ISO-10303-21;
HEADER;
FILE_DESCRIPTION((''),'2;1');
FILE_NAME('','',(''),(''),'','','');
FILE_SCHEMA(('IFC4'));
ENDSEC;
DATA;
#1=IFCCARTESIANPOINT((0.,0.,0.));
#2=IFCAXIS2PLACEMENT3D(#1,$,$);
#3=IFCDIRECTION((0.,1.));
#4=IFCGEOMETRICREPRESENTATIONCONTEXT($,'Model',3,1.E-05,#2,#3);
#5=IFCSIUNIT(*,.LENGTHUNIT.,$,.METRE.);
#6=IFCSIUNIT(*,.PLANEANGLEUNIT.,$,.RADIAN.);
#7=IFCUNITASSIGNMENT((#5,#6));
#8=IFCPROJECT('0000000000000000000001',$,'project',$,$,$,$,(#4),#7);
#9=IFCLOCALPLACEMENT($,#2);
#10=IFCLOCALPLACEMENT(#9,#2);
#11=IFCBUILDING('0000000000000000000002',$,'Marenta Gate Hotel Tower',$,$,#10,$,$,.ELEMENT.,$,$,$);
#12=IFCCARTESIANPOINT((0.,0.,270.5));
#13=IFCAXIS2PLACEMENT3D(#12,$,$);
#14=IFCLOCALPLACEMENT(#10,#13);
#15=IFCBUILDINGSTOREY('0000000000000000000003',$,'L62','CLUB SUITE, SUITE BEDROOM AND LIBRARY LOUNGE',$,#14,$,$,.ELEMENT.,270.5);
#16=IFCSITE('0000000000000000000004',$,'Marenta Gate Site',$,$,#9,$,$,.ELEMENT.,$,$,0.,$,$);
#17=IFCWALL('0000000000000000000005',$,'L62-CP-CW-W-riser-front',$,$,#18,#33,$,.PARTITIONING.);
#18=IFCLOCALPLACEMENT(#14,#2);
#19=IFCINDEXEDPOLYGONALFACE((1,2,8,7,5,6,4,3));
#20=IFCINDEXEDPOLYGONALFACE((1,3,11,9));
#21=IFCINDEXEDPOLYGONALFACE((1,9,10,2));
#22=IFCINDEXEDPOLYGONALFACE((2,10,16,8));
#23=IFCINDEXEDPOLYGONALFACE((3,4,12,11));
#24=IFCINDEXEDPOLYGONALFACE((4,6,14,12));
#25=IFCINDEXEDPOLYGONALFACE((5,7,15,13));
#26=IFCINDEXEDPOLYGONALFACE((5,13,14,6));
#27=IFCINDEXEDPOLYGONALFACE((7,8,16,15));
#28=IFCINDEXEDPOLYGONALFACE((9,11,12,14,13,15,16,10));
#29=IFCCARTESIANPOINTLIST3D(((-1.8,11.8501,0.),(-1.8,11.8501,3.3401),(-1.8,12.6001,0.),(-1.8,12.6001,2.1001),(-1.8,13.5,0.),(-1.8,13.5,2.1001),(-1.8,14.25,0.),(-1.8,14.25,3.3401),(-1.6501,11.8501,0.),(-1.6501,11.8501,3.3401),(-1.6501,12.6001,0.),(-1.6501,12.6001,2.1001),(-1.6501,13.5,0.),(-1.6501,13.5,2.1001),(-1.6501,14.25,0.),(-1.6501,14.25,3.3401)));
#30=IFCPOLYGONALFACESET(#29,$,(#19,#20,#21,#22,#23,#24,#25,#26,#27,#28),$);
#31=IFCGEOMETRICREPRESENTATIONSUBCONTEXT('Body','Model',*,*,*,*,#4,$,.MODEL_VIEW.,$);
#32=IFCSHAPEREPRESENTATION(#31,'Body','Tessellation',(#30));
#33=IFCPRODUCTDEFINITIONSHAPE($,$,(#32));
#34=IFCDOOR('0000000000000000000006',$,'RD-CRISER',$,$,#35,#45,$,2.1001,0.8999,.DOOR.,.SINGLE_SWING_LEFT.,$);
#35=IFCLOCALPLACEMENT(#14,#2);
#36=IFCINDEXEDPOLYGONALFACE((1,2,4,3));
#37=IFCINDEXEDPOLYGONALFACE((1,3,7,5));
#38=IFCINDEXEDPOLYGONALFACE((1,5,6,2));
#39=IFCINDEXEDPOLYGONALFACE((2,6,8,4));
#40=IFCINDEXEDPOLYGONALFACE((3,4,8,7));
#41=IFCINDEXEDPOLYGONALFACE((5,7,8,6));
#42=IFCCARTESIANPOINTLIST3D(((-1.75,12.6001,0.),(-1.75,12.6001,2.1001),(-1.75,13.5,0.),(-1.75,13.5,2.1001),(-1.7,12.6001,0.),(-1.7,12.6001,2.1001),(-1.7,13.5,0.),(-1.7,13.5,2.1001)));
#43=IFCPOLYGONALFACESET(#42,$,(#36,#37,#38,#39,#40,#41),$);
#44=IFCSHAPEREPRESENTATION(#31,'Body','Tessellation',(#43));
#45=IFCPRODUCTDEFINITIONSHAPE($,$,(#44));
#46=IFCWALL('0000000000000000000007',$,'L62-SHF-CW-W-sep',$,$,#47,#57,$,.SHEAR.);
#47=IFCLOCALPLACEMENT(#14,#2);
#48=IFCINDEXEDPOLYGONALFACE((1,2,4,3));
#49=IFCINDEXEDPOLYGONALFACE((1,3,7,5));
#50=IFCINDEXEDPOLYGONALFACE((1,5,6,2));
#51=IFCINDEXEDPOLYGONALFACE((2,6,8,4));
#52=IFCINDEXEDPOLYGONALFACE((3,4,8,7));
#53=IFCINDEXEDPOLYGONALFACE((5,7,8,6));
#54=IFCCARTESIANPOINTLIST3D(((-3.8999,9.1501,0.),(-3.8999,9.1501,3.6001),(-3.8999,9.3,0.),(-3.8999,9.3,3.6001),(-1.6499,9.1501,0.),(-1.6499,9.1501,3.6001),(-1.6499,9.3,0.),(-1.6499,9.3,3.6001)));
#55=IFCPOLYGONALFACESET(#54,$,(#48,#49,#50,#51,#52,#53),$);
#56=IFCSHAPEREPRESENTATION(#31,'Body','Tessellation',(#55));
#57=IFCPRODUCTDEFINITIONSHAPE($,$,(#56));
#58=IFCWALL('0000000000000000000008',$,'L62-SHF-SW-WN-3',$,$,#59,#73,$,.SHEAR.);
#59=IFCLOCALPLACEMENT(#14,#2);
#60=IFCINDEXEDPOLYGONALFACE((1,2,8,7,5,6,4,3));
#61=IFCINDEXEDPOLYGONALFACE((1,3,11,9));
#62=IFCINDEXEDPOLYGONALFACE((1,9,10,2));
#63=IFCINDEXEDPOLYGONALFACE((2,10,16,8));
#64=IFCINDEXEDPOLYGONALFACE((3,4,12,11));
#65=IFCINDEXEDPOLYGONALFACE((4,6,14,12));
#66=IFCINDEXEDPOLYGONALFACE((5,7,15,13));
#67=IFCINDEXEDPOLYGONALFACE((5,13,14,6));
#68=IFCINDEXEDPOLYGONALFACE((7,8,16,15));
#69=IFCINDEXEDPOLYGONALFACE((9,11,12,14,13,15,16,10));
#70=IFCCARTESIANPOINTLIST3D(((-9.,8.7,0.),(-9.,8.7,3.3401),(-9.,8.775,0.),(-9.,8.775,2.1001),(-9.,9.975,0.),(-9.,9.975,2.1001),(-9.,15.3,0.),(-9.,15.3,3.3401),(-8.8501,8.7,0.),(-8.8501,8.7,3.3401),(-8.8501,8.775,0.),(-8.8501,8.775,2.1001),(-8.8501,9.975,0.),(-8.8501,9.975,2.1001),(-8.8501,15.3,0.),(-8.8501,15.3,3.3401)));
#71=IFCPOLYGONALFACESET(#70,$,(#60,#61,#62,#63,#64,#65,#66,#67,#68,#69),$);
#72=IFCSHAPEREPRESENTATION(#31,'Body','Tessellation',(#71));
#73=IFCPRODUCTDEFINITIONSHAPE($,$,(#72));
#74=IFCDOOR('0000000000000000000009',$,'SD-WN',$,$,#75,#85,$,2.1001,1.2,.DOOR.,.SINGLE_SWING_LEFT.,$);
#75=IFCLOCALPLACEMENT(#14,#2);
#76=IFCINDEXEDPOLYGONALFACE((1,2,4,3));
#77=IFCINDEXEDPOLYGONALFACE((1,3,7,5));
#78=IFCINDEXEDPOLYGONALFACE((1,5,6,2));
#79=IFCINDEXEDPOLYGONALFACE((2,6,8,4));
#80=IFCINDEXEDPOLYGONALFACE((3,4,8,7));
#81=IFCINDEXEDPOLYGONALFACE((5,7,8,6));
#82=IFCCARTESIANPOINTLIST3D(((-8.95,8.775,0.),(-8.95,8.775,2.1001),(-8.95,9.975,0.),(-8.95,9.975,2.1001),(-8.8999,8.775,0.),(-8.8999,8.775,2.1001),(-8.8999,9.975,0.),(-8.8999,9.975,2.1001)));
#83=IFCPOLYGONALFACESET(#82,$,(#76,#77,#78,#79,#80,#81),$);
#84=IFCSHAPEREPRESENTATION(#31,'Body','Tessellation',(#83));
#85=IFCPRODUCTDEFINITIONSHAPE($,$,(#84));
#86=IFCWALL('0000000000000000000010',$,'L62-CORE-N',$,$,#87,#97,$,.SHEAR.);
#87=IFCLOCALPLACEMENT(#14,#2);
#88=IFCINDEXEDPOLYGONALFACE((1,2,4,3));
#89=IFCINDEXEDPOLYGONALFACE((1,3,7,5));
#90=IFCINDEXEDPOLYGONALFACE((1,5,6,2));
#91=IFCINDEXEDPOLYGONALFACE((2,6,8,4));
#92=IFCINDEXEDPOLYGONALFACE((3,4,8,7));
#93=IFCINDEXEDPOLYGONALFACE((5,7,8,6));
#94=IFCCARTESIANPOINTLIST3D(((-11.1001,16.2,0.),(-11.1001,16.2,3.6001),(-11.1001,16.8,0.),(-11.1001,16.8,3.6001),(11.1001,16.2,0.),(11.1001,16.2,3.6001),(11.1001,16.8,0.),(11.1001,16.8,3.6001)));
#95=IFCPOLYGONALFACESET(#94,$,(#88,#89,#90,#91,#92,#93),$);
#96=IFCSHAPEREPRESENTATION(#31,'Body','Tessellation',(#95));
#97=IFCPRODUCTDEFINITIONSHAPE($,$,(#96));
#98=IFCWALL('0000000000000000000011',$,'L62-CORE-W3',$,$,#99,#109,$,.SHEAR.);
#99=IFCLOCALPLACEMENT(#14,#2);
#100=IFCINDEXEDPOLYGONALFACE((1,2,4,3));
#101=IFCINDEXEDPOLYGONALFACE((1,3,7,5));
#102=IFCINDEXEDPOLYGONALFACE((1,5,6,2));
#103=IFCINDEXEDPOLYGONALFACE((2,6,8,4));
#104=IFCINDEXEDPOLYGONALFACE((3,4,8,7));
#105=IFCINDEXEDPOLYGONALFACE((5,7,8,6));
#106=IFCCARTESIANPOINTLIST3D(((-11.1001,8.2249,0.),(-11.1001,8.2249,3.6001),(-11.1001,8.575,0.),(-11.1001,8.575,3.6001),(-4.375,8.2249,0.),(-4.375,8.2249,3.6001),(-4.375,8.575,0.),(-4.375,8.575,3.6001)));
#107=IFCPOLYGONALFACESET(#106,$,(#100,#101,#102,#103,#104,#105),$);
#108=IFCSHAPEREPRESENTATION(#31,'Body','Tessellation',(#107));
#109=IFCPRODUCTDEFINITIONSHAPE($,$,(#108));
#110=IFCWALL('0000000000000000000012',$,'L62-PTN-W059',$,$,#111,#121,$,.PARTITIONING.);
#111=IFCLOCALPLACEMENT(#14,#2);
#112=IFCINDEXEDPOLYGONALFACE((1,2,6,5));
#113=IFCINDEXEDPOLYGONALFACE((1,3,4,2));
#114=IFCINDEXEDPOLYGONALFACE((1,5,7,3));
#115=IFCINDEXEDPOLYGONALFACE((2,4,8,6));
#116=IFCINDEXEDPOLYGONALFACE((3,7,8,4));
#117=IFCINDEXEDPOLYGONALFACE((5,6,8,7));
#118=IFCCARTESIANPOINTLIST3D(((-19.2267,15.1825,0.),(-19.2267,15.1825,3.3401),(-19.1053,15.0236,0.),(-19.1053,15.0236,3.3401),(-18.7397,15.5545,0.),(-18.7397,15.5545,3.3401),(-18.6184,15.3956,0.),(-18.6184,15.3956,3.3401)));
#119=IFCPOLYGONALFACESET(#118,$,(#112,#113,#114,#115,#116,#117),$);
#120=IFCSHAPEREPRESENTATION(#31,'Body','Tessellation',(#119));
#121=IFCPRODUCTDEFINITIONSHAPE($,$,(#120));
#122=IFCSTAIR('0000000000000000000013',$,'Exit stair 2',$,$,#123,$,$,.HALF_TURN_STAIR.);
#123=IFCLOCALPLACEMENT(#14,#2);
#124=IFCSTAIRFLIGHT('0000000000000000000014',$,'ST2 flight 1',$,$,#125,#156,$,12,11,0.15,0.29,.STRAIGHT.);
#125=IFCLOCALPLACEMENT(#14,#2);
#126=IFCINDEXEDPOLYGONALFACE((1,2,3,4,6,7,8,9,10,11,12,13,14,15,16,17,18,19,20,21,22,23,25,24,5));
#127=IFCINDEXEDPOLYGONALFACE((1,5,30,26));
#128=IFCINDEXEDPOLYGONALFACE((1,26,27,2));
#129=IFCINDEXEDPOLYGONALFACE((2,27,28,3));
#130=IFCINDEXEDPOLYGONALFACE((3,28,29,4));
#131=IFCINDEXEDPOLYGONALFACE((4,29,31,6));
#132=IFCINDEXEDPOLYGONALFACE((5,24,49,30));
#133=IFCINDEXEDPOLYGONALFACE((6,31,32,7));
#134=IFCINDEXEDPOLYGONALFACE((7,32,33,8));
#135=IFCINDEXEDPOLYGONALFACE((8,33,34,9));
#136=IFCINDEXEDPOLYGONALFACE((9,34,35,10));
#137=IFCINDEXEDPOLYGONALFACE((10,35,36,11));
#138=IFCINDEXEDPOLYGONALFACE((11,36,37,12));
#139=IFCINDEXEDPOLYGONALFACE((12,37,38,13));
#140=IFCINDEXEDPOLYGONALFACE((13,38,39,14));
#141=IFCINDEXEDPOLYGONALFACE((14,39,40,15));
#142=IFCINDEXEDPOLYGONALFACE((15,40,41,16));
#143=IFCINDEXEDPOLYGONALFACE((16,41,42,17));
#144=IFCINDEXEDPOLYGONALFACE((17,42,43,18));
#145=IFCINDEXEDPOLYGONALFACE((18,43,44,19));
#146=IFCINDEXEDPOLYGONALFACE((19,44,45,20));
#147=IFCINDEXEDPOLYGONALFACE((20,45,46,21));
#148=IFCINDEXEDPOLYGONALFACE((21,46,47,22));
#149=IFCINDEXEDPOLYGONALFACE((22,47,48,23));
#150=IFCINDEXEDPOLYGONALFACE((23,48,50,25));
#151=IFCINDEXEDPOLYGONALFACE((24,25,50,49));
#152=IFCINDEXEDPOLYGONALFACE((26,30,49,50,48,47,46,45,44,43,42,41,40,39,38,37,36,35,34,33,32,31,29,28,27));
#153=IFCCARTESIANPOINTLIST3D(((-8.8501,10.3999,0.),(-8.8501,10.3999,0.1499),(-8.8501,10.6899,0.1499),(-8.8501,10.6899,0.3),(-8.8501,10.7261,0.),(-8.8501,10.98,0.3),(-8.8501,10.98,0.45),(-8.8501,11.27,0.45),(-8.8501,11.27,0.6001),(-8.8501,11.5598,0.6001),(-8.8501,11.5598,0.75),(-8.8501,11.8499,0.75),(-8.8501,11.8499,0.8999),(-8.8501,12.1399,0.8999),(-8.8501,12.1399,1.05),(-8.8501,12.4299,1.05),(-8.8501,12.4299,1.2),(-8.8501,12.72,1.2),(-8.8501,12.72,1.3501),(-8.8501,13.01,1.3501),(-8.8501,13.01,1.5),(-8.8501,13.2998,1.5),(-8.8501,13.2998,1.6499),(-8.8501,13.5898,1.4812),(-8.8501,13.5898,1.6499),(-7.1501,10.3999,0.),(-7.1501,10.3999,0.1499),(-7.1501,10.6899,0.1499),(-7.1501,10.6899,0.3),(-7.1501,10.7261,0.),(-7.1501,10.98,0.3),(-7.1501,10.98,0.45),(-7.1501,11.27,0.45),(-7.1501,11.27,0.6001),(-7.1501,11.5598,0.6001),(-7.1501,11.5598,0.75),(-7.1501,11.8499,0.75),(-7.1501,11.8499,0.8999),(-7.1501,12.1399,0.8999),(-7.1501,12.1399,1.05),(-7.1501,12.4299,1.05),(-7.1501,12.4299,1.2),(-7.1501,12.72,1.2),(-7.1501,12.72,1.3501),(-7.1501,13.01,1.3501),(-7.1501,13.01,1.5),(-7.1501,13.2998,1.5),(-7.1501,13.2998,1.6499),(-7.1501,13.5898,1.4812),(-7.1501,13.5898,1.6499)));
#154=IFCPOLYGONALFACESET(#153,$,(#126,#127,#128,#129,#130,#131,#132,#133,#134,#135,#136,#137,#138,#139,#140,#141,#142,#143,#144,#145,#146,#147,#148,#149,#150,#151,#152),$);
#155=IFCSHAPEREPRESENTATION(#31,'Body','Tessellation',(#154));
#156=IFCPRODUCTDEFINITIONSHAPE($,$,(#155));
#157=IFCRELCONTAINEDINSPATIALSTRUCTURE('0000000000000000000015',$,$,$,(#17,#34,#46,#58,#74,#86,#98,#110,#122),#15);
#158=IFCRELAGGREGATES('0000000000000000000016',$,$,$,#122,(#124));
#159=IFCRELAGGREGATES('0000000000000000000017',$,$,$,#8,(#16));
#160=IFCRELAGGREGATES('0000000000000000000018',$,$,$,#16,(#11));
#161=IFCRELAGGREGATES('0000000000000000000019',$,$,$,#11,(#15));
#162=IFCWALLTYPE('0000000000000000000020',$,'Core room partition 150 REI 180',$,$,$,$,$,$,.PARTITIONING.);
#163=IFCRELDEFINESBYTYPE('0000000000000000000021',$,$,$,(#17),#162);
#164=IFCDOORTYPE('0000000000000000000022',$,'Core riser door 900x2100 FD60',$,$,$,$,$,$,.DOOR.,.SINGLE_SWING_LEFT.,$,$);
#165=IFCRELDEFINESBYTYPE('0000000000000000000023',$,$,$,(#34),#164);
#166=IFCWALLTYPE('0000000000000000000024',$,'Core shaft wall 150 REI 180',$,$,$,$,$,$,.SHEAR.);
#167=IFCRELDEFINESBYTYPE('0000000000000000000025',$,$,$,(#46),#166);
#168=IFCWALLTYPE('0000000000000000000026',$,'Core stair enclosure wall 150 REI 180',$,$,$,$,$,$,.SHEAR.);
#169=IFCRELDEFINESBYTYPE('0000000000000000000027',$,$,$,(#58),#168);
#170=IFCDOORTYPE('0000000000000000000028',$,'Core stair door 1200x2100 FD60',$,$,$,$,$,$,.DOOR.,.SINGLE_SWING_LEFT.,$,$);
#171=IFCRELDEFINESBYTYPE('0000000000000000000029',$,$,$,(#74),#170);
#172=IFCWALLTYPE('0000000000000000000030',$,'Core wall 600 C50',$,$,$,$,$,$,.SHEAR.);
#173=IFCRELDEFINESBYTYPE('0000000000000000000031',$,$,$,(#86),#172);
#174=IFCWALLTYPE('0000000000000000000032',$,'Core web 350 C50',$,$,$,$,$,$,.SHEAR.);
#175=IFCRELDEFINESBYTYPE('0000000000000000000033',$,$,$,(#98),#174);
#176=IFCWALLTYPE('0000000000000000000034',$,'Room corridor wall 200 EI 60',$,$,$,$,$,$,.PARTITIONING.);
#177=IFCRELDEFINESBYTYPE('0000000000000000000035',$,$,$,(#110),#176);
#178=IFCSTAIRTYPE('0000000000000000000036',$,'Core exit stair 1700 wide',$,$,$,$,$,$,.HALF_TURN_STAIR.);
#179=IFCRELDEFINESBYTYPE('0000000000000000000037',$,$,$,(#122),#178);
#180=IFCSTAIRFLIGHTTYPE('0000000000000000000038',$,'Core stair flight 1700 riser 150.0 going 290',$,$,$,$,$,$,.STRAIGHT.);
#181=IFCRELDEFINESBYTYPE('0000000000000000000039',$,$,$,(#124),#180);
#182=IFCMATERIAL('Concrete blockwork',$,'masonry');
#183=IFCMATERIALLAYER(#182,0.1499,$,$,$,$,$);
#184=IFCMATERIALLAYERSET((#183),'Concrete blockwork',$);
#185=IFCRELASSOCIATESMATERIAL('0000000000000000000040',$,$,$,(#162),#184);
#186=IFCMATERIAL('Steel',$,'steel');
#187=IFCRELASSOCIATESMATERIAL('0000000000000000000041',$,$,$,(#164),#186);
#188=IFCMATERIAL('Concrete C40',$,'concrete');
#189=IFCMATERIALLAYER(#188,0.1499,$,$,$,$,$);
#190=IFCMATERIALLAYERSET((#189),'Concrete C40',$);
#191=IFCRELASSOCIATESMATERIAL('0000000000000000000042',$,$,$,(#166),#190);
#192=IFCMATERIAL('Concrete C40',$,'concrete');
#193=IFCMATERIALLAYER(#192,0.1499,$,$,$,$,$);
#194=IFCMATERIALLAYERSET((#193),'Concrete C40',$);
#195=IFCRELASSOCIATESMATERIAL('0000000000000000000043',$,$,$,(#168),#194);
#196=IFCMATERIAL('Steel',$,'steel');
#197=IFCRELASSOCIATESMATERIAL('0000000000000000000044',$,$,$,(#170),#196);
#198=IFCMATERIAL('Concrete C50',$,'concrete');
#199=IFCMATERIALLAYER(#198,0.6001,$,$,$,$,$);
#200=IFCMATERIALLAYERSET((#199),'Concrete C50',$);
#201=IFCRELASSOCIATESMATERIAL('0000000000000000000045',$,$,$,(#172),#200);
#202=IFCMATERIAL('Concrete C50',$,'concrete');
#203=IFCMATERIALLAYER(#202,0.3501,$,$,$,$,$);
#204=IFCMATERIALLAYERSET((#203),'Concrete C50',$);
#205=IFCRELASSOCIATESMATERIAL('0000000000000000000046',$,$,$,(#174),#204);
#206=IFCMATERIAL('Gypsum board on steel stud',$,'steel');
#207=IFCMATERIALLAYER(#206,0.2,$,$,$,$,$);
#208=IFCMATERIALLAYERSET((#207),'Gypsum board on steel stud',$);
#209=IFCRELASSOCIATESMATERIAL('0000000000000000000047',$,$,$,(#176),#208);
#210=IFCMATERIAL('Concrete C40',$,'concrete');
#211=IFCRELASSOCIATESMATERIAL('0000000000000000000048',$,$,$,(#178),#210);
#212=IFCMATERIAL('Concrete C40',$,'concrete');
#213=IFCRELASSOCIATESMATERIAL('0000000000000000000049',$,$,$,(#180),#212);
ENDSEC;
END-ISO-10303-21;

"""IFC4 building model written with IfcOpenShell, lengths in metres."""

from ifc_helpers import new_model, si_unit, direction, frame, frame_2d, origin, place, context, subcontext, project, spatial, polyline, rectangle, outline, extrude, material, layer, layer_set, type_object, element, fill, aggregate, save


model = new_model("IFC4")

# Units and contexts
model_context = context("Model", 3, precision=1e-05, world=origin(), true_north=direction((0.0, 1.0)))
body_context = subcontext(model_context, "Body", "Model", "MODEL_VIEW")
ifc_project = project(units=[si_unit("LENGTHUNIT", "METRE"), si_unit("PLANEANGLEUNIT", "RADIAN")], contexts=[model_context])

# Site, building, storey
site_placement = place(None, origin())
site = spatial("IfcSite", under=ifc_project, at=site_placement, Name="Marenta Gate Site", CompositionType="ELEMENT", RefElevation=0.0)
building_placement = place(site_placement, origin())
building = spatial("IfcBuilding", under=site, at=building_placement, Name="Marenta Gate Hotel Tower", CompositionType="ELEMENT")
storey_placement = place(building_placement, frame((0.0, 0.0, 270.5)))
storey = spatial("IfcBuildingStorey", under=building, at=storey_placement, Name="L62", Description="CLUB SUITE, SUITE BEDROOM AND LIBRARY LOUNGE", CompositionType="ELEMENT", Elevation=270.5)

# Shared definitions
ifc_material_1 = material(Name="Concrete blockwork", Category="masonry")
ifc_layer_1 = layer(ifc_material_1, 0.1499)
ifc_layer_set_1 = layer_set([ifc_layer_1], Name="Concrete blockwork")
wall_type_1 = type_object("IfcWallType", Name="Core room partition 150 REI 180", PredefinedType="PARTITIONING", material=ifc_layer_set_1)

# Wall, opening, door
wall_1_placement = place(storey_placement, frame((-1.7251, 11.8501, 0.0), z_axis=(0.0, 0.0, 1.0), x_axis=(0.0, 1.0, 0.0)))
wall_1 = element("IfcWall", 1, at=wall_1_placement, inside=storey, type_object=wall_type_1, Name="L62-CP-CW-W-riser-front", PredefinedType="PARTITIONING", context=body_context, shape_type="SweptSolid", body=[
    extrude(rectangle(XDim=2.3999, YDim=0.1499, at=frame_2d((1.2, 0.0))), origin(), (0.0, 0.0, 1.0), 3.3401),
])
opening_1_placement = place(wall_1_placement, frame((0.75, 0.0, 0.0)))
opening_1 = element("IfcOpeningElement", 2, at=opening_1_placement, cuts=wall_1, PredefinedType="OPENING", context=body_context, shape_type="SweptSolid", body=[
    extrude(rectangle(XDim=0.8999, YDim=2.1001, at=frame_2d((0.45, 1.05))), frame((0.0, 0.075, 0.0), z_axis=(0.0, -1.0, 0.0), x_axis=(1.0, 0.0, 0.0)), (0.0, 0.0, 1.0), 0.1499),
])
ifc_material_2 = material(Name="Steel", Category="steel")
door_type_1 = type_object("IfcDoorType", Name="Core riser door 900x2100 FD60", OperationType="SINGLE_SWING_LEFT", PredefinedType="DOOR", material=ifc_material_2)
door_1_placement = place(opening_1_placement, origin())
door_1 = element("IfcDoor", 3, at=door_1_placement, inside=storey, type_object=door_type_1, Name="RD-CRISER", OperationType="SINGLE_SWING_LEFT", OverallHeight=2.1001, OverallWidth=0.8999, PredefinedType="DOOR", context=body_context, shape_type="SweptSolid", body=[
    extrude(rectangle(XDim=0.8999, YDim=2.1001, at=frame_2d((0.45, 1.05))), frame((0.0, 0.0249, 0.0), z_axis=(0.0, -1.0, 0.0), x_axis=(1.0, 0.0, 0.0)), (0.0, 0.0, 1.0), 0.05),
])
fill(opening_1, door_1)

# Wall
ifc_material_3 = material(Name="Concrete C40", Category="concrete")
ifc_layer_2 = layer(ifc_material_3, 0.1499)
ifc_layer_set_2 = layer_set([ifc_layer_2], Name="Concrete C40")
wall_type_2 = type_object("IfcWallType", Name="Core shaft wall 150 REI 180", PredefinedType="SHEAR", material=ifc_layer_set_2)
wall_2_placement = place(storey_placement, frame((-3.8999, 9.2251, 0.0), z_axis=(0.0, 0.0, 1.0), x_axis=(1.0, 0.0, 0.0)))
element("IfcWall", 4, at=wall_2_placement, inside=storey, type_object=wall_type_2, Name="L62-SHF-CW-W-sep", PredefinedType="SHEAR", context=body_context, shape_type="SweptSolid", body=[
    extrude(rectangle(XDim=2.25, YDim=0.1499, at=frame_2d((1.125, 0.0))), origin(), (0.0, 0.0, 1.0), 3.6001),
])

# Wall, opening, door
ifc_material_4 = material(Name="Concrete C40", Category="concrete")
ifc_layer_3 = layer(ifc_material_4, 0.1499)
ifc_layer_set_3 = layer_set([ifc_layer_3], Name="Concrete C40")
wall_type_3 = type_object("IfcWallType", Name="Core stair enclosure wall 150 REI 180", PredefinedType="SHEAR", material=ifc_layer_set_3)
wall_3_placement = place(storey_placement, frame((-8.925, 8.7, 0.0), z_axis=(0.0, 0.0, 1.0), x_axis=(0.0, 1.0, 0.0)))
wall_3 = element("IfcWall", 5, at=wall_3_placement, inside=storey, type_object=wall_type_3, Name="L62-SHF-SW-WN-3", PredefinedType="SHEAR", context=body_context, shape_type="SweptSolid", body=[
    extrude(rectangle(XDim=6.6001, YDim=0.1499, at=frame_2d((3.3, 0.0))), origin(), (0.0, 0.0, 1.0), 3.3401),
])
opening_2_placement = place(wall_3_placement, frame((0.075, 0.0, 0.0)))
opening_2 = element("IfcOpeningElement", 6, at=opening_2_placement, cuts=wall_3, PredefinedType="OPENING", context=body_context, shape_type="SweptSolid", body=[
    extrude(rectangle(XDim=1.2, YDim=2.1001, at=frame_2d((0.6001, 1.05))), frame((0.0, 0.075, 0.0), z_axis=(0.0, -1.0, 0.0), x_axis=(1.0, 0.0, 0.0)), (0.0, 0.0, 1.0), 0.1499),
])
ifc_material_5 = material(Name="Steel", Category="steel")
door_type_2 = type_object("IfcDoorType", Name="Core stair door 1200x2100 FD60", OperationType="SINGLE_SWING_LEFT", PredefinedType="DOOR", material=ifc_material_5)
door_2_placement = place(opening_2_placement, origin())
door_2 = element("IfcDoor", 7, at=door_2_placement, inside=storey, type_object=door_type_2, Name="SD-WN", OperationType="SINGLE_SWING_LEFT", OverallHeight=2.1001, OverallWidth=1.2, PredefinedType="DOOR", context=body_context, shape_type="SweptSolid", body=[
    extrude(rectangle(XDim=1.2, YDim=2.1001, at=frame_2d((0.6001, 1.05))), frame((0.0, 0.0249, 0.0), z_axis=(0.0, -1.0, 0.0), x_axis=(1.0, 0.0, 0.0)), (0.0, 0.0, 1.0), 0.05),
])
fill(opening_2, door_2)

# Walls
ifc_material_6 = material(Name="Concrete C50", Category="concrete")
ifc_layer_4 = layer(ifc_material_6, 0.6001)
ifc_layer_set_4 = layer_set([ifc_layer_4], Name="Concrete C50")
wall_type_4 = type_object("IfcWallType", Name="Core wall 600 C50", PredefinedType="SHEAR", material=ifc_layer_set_4)
wall_4_placement = place(storey_placement, frame((-11.1001, 16.5, 0.0), z_axis=(0.0, 0.0, 1.0), x_axis=(1.0, 0.0, 0.0)))
element("IfcWall", 8, at=wall_4_placement, inside=storey, type_object=wall_type_4, Name="L62-CORE-N", PredefinedType="SHEAR", context=body_context, shape_type="SweptSolid", body=[
    extrude(rectangle(XDim=22.2002, YDim=0.6001, at=frame_2d((11.1001, 0.0))), origin(), (0.0, 0.0, 1.0), 3.6001),
])
ifc_material_7 = material(Name="Concrete C50", Category="concrete")
ifc_layer_5 = layer(ifc_material_7, 0.3501)
ifc_layer_set_5 = layer_set([ifc_layer_5], Name="Concrete C50")
wall_type_5 = type_object("IfcWallType", Name="Core web 350 C50", PredefinedType="SHEAR", material=ifc_layer_set_5)
wall_5_placement = place(storey_placement, frame((-11.1001, 8.3999, 0.0), z_axis=(0.0, 0.0, 1.0), x_axis=(1.0, 0.0, 0.0)))
element("IfcWall", 9, at=wall_5_placement, inside=storey, type_object=wall_type_5, Name="L62-CORE-W3", PredefinedType="SHEAR", context=body_context, shape_type="SweptSolid", body=[
    extrude(rectangle(XDim=6.7251, YDim=0.3501, at=frame_2d((3.3625, 0.0))), origin(), (0.0, 0.0, 1.0), 3.6001),
])
ifc_material_8 = material(Name="Gypsum board on steel stud", Category="steel")
ifc_layer_6 = layer(ifc_material_8, 0.2)
ifc_layer_set_6 = layer_set([ifc_layer_6], Name="Gypsum board on steel stud")
wall_type_6 = type_object("IfcWallType", Name="Room corridor wall 200 EI 60", PredefinedType="PARTITIONING", material=ifc_layer_set_6)
wall_6_placement = place(storey_placement, frame((-19.166, 15.103, 0.0), z_axis=(0.0, 0.0, 1.0), x_axis=(0.794663, 0.607051, 0.0)))
element("IfcWall", 10, at=wall_6_placement, inside=storey, type_object=wall_type_6, Name="L62-PTN-W059", PredefinedType="PARTITIONING", context=body_context, shape_type="SweptSolid", body=[
    extrude(rectangle(XDim=0.6128, YDim=0.2, at=frame_2d((0.3064, 0.0))), origin(), (0.0, 0.0, 1.0), 3.3401),
])

# Stair, stair flight
ifc_material_9 = material(Name="Concrete C40", Category="concrete")
stair_type = type_object("IfcStairType", Name="Core exit stair 1700 wide", PredefinedType="HALF_TURN_STAIR", material=ifc_material_9)
stair_placement = place(storey_placement, origin())
stair = element("IfcStair", 11, at=stair_placement, inside=storey, type_object=stair_type, Name="Exit stair 2", PredefinedType="HALF_TURN_STAIR")
ifc_material_10 = material(Name="Concrete C40", Category="concrete")
stair_flight_type = type_object("IfcStairFlightType", Name="Core stair flight 1700 riser 150.0 going 290", PredefinedType="STRAIGHT", material=ifc_material_10)
stair_flight_1_placement = place(storey_placement, frame((-8.0, 10.3999, 0.0), z_axis=(0.0, 0.0, 1.0), x_axis=(0.0, 1.0, 0.0)))
stair_flight_1 = element("IfcStairFlight", 12, at=stair_flight_1_placement, type_object=stair_flight_type, Name="ST2 flight 1", NumberOfRisers=12, NumberOfTreads=11, PredefinedType="STRAIGHT", RiserHeight=0.15, TreadLength=0.29, context=body_context, shape_type="SweptSolid", body=[
    extrude(outline(polyline([(0.0, 0.0), (0.0, 0.1499), (0.29, 0.1499), (0.29, 0.3), (0.5801, 0.3), (0.5801, 0.45), (0.8701, 0.45), (0.8701, 0.6001), (1.1599, 0.6001), (1.1599, 0.75), (1.45, 0.75), (1.45, 0.8999), (1.74, 0.8999), (1.74, 1.05), (2.03, 1.05), (2.03, 1.2), (2.3201, 1.2), (2.3201, 1.3501), (2.6101, 1.3501), (2.6101, 1.5), (2.8999, 1.5), (2.8999, 1.6499), (3.1899, 1.6499), (3.1899, 1.8), (3.1899, 1.4812), (0.3262, 0.0), (0.0, 0.0)])), frame((0.0, 0.8501, 0.0), z_axis=(0.0, -1.0, 0.0), x_axis=(1.0, 0.0, 0.0)), (0.0, 0.0, 1.0), 1.7),
])
aggregate(stair, [stair_flight_1])

save(model, "model.ifc")
